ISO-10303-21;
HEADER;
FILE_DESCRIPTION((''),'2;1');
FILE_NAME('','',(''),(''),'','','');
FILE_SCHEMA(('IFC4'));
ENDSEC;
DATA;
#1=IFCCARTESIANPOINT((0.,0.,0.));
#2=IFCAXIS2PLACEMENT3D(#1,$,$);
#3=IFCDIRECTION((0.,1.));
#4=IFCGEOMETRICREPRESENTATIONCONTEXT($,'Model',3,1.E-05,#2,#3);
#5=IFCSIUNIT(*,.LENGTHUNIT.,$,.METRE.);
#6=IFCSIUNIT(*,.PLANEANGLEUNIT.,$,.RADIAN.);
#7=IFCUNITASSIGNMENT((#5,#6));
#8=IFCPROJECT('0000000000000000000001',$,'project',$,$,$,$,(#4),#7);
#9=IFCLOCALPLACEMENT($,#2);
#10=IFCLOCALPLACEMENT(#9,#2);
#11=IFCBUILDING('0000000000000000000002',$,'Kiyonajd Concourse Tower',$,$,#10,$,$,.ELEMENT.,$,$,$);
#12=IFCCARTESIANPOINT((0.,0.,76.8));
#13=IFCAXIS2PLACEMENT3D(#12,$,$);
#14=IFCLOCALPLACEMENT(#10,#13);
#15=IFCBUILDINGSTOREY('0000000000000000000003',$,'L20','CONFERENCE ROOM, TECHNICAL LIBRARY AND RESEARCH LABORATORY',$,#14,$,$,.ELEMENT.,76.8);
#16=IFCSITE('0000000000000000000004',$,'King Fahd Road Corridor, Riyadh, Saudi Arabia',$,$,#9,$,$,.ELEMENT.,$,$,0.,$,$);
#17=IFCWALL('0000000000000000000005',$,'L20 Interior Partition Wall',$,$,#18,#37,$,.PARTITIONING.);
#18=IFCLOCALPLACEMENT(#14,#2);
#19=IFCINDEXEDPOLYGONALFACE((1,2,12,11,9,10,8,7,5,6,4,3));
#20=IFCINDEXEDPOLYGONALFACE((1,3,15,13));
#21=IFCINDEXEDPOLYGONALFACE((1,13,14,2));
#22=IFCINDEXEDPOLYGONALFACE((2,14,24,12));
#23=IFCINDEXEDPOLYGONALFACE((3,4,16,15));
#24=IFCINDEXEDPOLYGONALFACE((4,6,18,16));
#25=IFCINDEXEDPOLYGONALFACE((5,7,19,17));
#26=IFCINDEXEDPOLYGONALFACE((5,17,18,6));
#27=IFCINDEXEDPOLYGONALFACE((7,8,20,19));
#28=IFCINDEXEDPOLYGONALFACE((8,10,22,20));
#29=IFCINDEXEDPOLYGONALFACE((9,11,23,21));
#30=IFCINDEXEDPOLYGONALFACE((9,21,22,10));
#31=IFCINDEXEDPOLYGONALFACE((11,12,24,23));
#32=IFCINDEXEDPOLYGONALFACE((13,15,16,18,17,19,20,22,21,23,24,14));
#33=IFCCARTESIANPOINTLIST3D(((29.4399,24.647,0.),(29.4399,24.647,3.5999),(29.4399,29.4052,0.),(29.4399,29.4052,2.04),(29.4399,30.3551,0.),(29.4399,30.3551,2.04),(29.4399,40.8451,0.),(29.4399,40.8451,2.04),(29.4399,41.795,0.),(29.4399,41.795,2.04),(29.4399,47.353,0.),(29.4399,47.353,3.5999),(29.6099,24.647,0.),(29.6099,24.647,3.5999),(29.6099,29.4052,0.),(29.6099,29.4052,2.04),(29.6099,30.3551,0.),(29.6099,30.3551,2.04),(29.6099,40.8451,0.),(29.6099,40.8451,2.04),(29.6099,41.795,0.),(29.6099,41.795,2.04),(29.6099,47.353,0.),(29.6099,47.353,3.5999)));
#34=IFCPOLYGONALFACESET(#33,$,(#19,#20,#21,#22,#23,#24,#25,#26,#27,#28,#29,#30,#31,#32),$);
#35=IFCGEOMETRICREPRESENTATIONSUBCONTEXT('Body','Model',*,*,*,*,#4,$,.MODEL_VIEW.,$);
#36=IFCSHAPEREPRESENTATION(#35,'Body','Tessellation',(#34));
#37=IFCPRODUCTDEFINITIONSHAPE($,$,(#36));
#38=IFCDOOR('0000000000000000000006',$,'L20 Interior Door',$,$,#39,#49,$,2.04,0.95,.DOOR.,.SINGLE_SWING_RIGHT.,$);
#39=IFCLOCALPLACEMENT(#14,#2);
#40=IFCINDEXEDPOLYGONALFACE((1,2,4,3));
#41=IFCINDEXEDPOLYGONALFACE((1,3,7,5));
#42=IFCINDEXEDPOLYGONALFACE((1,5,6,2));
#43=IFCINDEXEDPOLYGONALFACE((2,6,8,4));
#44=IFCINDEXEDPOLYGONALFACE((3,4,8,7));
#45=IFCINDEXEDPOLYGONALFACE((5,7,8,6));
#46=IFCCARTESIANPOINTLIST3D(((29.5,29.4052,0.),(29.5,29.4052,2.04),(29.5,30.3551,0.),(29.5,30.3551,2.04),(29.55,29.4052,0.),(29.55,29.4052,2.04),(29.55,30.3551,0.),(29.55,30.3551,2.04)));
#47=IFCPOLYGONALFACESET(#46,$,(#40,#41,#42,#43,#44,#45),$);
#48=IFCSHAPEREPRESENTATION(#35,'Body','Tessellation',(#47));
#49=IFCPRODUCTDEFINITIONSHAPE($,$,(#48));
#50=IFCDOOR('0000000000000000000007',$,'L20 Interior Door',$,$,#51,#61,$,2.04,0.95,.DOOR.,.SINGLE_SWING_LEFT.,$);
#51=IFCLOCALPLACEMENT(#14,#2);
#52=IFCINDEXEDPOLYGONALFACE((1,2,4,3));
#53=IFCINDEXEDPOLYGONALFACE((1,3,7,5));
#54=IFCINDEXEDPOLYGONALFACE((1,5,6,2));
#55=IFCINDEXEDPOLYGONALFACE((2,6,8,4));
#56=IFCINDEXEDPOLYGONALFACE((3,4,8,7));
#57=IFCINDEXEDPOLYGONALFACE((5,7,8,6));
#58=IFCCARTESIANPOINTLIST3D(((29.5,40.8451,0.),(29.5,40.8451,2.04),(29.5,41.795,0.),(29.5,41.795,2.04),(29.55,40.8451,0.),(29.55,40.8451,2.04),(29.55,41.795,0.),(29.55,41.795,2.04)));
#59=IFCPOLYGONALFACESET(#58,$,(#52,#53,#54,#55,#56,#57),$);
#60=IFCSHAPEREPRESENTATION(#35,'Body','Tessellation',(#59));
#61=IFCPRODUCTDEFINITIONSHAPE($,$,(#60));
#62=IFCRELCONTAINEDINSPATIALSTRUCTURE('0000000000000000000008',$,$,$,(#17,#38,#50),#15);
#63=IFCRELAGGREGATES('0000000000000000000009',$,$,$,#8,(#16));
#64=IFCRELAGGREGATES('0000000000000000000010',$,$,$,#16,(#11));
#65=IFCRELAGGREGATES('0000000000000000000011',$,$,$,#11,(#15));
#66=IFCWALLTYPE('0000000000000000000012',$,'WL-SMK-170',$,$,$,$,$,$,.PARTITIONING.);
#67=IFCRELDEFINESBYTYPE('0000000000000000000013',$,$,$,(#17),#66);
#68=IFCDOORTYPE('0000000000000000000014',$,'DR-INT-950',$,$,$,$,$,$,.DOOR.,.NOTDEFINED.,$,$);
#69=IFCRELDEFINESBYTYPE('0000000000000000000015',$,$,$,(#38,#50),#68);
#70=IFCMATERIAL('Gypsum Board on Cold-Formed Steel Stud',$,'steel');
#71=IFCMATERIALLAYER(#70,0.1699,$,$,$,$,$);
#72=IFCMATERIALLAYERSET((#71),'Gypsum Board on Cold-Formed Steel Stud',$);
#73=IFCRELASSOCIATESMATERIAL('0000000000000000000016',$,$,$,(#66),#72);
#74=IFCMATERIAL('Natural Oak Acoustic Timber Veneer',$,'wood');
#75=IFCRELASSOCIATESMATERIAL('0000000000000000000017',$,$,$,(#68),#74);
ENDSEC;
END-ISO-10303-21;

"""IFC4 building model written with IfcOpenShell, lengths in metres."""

from ifc_helpers import new_model, si_unit, direction, frame, frame_2d, origin, place, context, subcontext, project, spatial, rectangle, extrude, material, layer, layer_set, type_object, element, fill, save


model = new_model("IFC4")

# Units and contexts
model_context = context("Model", 3, precision=1e-05, world=origin(), true_north=direction((0.0, 1.0)))
body_context = subcontext(model_context, "Body", "Model", "MODEL_VIEW")
ifc_project = project(units=[si_unit("LENGTHUNIT", "METRE"), si_unit("PLANEANGLEUNIT", "RADIAN")], contexts=[model_context])

# Site, building, storey
site_placement = place(None, origin())
site = spatial("IfcSite", under=ifc_project, at=site_placement, Name="King Fahd Road Corridor, Riyadh, Saudi Arabia", CompositionType="ELEMENT", RefElevation=0.0)
building_placement = place(site_placement, origin())
building = spatial("IfcBuilding", under=site, at=building_placement, Name="Kiyonajd Concourse Tower", CompositionType="ELEMENT")
storey_placement = place(building_placement, frame((0.0, 0.0, 76.8)))
storey = spatial("IfcBuildingStorey", under=building, at=storey_placement, Name="L20", Description="CONFERENCE ROOM, TECHNICAL LIBRARY AND RESEARCH LABORATORY", CompositionType="ELEMENT", Elevation=76.8)

# Wall, openings, doors
ifc_material_1 = material(Name="Gypsum Board on Cold-Formed Steel Stud", Category="steel")
ifc_layer_1 = layer(ifc_material_1, 0.1699)
ifc_layer_set_1 = layer_set([ifc_layer_1], Name="Gypsum Board on Cold-Formed Steel Stud")
wall_type_1 = type_object("IfcWallType", Name="WL-SMK-170", PredefinedType="PARTITIONING", material=ifc_layer_set_1)
ifc_material_2 = material(Name="Natural Oak Acoustic Timber Veneer", Category="wood")
door_type = type_object("IfcDoorType", Name="DR-INT-950", OperationType="NOTDEFINED", PredefinedType="DOOR", material=ifc_material_2)
wall_1_placement = place(storey_placement, frame((29.5249, 24.647, 0.0), z_axis=(0.0, 0.0, 1.0), x_axis=(0.0, 1.0, 0.0)))
wall_1 = element("IfcWall", 1, at=wall_1_placement, inside=storey, type_object=wall_type_1, Name="L20 Interior Partition Wall", PredefinedType="PARTITIONING", context=body_context, shape_type="SweptSolid", body=[
    extrude(rectangle(XDim=22.7061, YDim=0.1699, at=frame_2d((11.353, 0.0))), origin(), (0.0, 0.0, 1.0), 3.5999),
])
opening_1_placement = place(wall_1_placement, frame((4.7581, 0.0, 0.0)))
opening_1 = element("IfcOpeningElement", 2, at=opening_1_placement, cuts=wall_1, PredefinedType="OPENING", context=body_context, shape_type="SweptSolid", body=[
    extrude(rectangle(XDim=0.95, YDim=2.04, at=frame_2d((0.4751, 1.02))), frame((0.0, 0.095, 0.0), z_axis=(0.0, -1.0, 0.0), x_axis=(1.0, 0.0, 0.0)), (0.0, 0.0, 1.0), 0.1899),
])
opening_2_placement = place(wall_1_placement, frame((16.198, 0.0, 0.0)))
opening_2 = element("IfcOpeningElement", 3, at=opening_2_placement, cuts=wall_1, PredefinedType="OPENING", context=body_context, shape_type="SweptSolid", body=[
    extrude(rectangle(XDim=0.95, YDim=2.04, at=frame_2d((0.4751, 1.02))), frame((0.0, 0.095, 0.0), z_axis=(0.0, -1.0, 0.0), x_axis=(1.0, 0.0, 0.0)), (0.0, 0.0, 1.0), 0.1899),
])
door_1_placement = place(opening_1_placement, origin())
door_1 = element("IfcDoor", 4, at=door_1_placement, inside=storey, type_object=door_type, Name="L20 Interior Door", OperationType="SINGLE_SWING_RIGHT", OverallHeight=2.04, OverallWidth=0.95, PredefinedType="DOOR", context=body_context, shape_type="SweptSolid", body=[
    extrude(rectangle(XDim=0.95, YDim=2.04, at=frame_2d((0.4751, 1.02))), frame((0.0, 0.0249, 0.0), z_axis=(0.0, -1.0, 0.0), x_axis=(1.0, 0.0, 0.0)), (0.0, 0.0, 1.0), 0.05),
])
fill(opening_1, door_1)
door_2_placement = place(opening_2_placement, origin())
door_2 = element("IfcDoor", 5, at=door_2_placement, inside=storey, type_object=door_type, Name="L20 Interior Door", OperationType="SINGLE_SWING_LEFT", OverallHeight=2.04, OverallWidth=0.95, PredefinedType="DOOR", context=body_context, shape_type="SweptSolid", body=[
    extrude(rectangle(XDim=0.95, YDim=2.04, at=frame_2d((0.4751, 1.02))), frame((0.0, 0.0249, 0.0), z_axis=(0.0, -1.0, 0.0), x_axis=(1.0, 0.0, 0.0)), (0.0, 0.0, 1.0), 0.05),
])
fill(opening_2, door_2)

save(model, "model.ifc")
